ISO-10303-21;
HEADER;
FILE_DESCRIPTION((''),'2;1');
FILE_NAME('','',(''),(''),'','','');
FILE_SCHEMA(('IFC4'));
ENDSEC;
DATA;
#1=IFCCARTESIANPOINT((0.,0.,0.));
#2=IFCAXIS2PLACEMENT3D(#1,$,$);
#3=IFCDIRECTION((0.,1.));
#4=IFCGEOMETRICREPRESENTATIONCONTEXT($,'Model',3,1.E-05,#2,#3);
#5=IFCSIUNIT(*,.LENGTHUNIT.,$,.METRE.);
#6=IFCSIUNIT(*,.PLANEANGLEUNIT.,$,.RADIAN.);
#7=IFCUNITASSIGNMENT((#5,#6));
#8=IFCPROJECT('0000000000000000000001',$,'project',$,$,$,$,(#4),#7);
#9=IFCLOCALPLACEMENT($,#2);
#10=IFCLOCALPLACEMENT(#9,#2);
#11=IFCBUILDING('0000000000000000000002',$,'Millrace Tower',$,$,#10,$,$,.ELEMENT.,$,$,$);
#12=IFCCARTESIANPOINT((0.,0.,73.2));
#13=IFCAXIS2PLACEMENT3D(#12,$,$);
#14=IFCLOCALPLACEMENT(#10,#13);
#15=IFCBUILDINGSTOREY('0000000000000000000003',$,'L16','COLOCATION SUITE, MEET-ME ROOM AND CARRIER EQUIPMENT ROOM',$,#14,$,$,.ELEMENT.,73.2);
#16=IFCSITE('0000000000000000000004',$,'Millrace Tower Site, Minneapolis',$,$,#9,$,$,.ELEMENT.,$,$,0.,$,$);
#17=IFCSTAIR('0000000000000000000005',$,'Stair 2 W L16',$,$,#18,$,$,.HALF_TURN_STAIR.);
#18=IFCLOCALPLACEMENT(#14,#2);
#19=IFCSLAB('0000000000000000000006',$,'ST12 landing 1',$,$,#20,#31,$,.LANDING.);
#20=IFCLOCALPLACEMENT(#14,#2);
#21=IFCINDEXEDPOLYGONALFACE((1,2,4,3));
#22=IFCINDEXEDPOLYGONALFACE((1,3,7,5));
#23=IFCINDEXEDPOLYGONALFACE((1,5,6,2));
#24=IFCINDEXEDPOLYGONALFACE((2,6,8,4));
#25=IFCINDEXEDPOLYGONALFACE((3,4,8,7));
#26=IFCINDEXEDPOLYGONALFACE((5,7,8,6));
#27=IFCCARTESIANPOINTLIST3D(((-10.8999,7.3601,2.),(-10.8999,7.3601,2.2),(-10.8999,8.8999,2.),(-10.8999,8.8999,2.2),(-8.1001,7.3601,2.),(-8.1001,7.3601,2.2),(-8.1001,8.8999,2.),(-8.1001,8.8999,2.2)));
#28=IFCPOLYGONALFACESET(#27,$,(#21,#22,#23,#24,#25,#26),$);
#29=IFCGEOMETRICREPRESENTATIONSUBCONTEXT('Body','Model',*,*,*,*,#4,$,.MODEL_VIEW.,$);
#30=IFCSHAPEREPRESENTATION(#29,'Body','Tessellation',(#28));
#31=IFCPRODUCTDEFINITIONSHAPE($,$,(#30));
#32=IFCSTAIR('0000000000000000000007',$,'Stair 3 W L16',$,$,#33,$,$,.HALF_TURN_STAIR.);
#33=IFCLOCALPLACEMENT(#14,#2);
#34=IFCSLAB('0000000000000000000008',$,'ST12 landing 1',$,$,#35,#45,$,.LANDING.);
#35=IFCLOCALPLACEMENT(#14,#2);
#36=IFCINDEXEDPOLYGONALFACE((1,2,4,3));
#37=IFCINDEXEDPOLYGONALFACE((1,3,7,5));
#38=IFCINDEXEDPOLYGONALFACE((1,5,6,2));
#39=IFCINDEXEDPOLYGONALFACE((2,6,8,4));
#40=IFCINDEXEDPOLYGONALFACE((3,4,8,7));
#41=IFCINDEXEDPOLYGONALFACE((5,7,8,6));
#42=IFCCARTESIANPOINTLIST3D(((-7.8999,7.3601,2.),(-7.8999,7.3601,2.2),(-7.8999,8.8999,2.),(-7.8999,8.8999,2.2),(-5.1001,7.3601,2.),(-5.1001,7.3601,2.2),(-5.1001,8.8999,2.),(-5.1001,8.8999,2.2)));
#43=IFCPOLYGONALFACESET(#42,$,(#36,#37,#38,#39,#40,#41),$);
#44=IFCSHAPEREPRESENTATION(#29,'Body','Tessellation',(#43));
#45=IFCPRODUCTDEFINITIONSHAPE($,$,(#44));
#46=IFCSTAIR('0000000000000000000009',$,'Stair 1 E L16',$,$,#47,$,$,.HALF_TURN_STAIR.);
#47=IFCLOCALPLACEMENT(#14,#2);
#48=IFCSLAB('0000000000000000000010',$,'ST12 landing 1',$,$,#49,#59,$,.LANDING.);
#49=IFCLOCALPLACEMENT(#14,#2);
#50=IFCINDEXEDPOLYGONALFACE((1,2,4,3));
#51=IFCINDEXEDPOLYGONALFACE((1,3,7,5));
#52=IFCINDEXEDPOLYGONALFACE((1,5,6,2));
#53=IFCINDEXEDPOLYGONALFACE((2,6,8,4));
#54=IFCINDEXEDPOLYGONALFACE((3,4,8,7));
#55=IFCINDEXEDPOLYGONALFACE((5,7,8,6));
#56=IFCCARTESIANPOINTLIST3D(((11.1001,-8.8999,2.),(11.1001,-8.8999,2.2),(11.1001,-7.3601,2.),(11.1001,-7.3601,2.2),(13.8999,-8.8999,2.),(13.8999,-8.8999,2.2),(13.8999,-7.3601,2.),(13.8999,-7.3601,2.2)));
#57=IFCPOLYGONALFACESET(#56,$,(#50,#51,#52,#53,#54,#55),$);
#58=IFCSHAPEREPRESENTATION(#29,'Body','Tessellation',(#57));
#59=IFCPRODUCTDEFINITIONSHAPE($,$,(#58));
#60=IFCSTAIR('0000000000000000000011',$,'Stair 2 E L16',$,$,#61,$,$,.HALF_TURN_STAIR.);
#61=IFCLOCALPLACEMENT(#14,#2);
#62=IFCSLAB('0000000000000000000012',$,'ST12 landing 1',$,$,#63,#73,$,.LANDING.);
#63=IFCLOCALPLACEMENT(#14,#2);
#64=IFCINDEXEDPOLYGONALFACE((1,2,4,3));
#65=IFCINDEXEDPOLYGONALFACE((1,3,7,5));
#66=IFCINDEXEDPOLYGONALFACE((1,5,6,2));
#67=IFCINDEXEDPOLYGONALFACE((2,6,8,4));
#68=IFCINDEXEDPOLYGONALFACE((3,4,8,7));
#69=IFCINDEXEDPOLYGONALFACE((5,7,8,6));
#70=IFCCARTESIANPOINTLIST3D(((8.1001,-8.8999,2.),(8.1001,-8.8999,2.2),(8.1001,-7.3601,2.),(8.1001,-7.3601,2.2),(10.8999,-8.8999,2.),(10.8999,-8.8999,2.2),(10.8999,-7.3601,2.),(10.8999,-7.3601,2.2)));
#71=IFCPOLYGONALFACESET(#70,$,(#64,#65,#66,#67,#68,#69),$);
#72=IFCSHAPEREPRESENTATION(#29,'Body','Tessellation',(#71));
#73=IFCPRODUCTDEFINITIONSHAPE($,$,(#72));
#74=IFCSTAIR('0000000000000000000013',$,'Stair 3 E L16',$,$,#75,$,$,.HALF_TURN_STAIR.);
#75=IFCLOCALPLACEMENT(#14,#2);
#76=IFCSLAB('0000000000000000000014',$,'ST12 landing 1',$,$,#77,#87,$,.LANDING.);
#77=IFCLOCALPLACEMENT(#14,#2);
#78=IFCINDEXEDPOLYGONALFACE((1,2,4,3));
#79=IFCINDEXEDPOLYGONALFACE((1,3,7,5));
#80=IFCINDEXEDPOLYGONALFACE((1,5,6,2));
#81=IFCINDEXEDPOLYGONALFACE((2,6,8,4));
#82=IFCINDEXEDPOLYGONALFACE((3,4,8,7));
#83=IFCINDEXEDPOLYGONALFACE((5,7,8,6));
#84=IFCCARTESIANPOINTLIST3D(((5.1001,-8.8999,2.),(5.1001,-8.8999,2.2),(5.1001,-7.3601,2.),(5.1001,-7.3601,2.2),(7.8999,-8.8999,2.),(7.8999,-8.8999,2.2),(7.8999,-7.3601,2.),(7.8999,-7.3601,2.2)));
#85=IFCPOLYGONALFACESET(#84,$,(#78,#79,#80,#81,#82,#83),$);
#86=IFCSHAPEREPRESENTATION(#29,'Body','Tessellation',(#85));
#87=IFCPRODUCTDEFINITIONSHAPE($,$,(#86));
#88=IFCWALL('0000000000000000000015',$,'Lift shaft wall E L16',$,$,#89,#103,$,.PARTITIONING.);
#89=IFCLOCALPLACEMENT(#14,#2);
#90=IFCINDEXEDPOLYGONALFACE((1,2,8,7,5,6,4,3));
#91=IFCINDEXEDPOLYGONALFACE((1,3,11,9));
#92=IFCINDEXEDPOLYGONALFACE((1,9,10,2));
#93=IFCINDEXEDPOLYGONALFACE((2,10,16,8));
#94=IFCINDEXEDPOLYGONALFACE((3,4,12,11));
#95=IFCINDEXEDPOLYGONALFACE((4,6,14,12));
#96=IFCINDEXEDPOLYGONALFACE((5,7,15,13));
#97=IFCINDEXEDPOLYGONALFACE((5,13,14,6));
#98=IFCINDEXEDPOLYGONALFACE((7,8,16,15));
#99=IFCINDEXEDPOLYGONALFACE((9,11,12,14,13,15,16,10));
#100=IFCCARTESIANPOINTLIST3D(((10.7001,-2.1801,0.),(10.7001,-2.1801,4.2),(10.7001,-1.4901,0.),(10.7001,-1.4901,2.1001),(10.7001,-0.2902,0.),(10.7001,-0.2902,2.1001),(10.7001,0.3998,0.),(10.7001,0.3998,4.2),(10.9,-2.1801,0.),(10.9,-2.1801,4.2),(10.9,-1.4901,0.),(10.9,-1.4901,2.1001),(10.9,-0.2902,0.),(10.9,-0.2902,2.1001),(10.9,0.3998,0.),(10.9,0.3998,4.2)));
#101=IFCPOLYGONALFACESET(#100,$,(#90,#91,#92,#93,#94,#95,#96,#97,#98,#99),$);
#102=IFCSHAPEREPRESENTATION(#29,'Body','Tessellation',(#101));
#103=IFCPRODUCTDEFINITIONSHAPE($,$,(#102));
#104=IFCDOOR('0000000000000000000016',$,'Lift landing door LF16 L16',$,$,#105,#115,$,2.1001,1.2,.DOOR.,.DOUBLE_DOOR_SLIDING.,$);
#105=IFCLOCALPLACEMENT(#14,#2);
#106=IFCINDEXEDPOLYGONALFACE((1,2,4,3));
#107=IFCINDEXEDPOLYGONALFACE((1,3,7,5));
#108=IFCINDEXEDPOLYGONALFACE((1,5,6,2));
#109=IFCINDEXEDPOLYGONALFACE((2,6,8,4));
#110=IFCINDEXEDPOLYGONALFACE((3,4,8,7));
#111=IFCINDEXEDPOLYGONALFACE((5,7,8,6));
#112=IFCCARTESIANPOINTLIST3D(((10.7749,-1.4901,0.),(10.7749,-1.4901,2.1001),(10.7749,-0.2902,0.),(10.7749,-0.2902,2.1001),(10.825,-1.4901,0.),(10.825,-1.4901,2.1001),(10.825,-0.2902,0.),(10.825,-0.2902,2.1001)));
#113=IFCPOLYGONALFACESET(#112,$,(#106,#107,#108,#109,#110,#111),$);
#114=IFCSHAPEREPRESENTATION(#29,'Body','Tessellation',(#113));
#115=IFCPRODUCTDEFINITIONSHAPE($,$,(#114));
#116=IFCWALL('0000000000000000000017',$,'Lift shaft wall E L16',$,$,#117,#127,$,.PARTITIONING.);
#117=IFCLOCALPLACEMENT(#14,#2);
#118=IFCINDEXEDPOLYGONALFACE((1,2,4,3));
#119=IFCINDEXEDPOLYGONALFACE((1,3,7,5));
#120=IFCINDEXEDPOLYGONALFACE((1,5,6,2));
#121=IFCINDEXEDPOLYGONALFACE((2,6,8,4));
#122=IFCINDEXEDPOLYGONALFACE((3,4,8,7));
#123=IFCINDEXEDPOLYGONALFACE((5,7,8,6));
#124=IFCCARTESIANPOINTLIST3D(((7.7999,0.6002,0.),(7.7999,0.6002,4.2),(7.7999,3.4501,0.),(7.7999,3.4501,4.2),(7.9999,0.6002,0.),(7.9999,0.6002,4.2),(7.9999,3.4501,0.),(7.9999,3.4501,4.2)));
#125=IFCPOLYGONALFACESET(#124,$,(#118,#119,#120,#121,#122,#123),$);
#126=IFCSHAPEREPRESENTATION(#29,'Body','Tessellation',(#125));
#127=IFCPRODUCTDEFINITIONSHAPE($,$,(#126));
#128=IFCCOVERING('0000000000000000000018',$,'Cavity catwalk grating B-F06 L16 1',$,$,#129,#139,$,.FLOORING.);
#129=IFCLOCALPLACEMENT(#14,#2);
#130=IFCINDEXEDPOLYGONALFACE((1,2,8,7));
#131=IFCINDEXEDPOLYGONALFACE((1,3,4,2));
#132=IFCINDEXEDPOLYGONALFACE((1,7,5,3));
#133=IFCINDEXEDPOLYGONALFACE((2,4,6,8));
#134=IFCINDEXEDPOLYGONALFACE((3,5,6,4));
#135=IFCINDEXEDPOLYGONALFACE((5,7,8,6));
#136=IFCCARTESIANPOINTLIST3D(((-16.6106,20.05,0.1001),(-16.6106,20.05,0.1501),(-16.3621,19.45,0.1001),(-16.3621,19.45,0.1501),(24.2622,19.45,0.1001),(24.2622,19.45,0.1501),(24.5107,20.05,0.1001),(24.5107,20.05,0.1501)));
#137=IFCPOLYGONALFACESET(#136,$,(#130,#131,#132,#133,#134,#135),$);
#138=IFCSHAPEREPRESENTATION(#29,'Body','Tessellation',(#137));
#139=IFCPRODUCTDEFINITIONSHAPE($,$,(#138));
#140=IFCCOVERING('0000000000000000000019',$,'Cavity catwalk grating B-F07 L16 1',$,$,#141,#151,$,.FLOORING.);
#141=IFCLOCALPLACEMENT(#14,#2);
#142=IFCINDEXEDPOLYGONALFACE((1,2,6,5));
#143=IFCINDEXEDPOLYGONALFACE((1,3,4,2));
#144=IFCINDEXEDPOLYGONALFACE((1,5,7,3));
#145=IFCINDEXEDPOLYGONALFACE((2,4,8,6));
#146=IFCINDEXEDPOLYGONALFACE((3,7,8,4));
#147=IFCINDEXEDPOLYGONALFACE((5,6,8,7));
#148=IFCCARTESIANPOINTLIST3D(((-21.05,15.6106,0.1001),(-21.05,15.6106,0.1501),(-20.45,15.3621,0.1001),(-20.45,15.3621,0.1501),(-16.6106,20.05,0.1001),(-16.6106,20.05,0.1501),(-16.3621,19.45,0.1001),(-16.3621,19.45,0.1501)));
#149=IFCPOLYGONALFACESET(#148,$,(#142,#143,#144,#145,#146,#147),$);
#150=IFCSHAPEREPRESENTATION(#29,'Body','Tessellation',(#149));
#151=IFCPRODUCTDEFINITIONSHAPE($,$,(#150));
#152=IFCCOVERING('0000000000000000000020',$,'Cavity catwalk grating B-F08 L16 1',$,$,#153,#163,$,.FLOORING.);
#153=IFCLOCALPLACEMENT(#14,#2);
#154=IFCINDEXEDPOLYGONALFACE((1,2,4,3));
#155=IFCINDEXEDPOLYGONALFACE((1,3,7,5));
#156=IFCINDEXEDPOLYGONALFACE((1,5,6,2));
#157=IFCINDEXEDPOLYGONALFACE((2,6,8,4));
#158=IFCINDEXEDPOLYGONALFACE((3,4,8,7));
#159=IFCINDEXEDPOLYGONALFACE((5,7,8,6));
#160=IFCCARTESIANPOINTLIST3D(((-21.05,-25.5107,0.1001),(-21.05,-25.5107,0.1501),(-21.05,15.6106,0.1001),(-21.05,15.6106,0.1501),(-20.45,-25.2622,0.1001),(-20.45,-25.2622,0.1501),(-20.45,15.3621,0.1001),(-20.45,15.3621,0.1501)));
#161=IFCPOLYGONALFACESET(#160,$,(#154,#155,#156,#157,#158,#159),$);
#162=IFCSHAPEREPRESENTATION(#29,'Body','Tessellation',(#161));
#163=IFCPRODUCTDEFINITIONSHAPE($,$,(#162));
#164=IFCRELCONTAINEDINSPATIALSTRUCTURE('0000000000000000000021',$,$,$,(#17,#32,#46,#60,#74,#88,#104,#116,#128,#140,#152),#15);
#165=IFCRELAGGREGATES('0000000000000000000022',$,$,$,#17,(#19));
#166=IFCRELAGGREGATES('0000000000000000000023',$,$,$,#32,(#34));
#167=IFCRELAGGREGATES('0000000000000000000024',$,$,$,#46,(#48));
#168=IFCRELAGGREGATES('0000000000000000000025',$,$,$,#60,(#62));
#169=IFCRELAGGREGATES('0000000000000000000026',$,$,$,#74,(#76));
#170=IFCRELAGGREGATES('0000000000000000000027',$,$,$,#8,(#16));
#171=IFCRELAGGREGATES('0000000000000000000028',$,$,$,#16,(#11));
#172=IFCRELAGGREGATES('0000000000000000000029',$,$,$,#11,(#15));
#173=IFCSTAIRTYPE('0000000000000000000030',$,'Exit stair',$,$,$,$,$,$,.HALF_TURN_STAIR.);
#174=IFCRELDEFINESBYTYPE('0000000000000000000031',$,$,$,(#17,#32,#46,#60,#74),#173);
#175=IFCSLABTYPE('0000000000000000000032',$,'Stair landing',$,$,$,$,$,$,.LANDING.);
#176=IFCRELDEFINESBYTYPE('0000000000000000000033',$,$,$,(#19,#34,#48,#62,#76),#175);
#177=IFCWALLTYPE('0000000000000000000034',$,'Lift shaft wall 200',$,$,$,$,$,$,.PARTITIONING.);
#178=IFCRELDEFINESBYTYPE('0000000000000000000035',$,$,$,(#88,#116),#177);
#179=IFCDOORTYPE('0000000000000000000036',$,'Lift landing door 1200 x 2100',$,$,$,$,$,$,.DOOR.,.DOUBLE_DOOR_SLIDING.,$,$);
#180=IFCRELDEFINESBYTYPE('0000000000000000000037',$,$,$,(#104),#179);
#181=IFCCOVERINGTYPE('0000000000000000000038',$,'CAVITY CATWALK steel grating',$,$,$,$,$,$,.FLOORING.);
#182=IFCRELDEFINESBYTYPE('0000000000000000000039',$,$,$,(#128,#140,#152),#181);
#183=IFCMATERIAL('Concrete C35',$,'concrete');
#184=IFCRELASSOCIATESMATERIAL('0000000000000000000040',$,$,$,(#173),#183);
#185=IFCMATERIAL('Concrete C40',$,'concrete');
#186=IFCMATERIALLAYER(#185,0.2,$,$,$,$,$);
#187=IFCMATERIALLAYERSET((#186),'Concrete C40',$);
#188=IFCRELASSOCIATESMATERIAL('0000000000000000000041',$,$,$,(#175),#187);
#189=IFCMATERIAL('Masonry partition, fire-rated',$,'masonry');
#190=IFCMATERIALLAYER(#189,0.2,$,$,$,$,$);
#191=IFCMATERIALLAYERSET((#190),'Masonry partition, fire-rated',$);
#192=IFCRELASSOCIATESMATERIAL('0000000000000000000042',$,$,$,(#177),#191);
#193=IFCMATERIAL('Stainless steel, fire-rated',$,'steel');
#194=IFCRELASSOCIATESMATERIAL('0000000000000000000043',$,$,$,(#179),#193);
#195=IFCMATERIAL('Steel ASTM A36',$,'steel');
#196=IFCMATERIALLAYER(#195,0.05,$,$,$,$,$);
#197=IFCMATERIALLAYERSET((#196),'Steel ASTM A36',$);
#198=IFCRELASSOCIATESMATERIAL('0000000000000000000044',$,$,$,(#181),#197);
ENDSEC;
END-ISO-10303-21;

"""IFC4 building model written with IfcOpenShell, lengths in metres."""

from ifc_helpers import new_model, si_unit, direction, frame, frame_2d, origin, place, context, subcontext, project, spatial, polyline, rectangle, outline, extrude, material, layer, layer_set, type_object, element, fill, aggregate, save


model = new_model("IFC4")

# Units and contexts
model_context = context("Model", 3, precision=1e-05, world=origin(), true_north=direction((0.0, 1.0)))
body_context = subcontext(model_context, "Body", "Model", "MODEL_VIEW")
ifc_project = project(units=[si_unit("LENGTHUNIT", "METRE"), si_unit("PLANEANGLEUNIT", "RADIAN")], contexts=[model_context])

# Site, building, storey
site_placement = place(None, origin())
site = spatial("IfcSite", under=ifc_project, at=site_placement, Name="Millrace Tower Site, Minneapolis", CompositionType="ELEMENT", RefElevation=0.0)
building_placement = place(site_placement, origin())
building = spatial("IfcBuilding", under=site, at=building_placement, Name="Millrace Tower", CompositionType="ELEMENT")
storey_placement = place(building_placement, frame((0.0, 0.0, 73.2)))
storey = spatial("IfcBuildingStorey", under=building, at=storey_placement, Name="L16", Description="COLOCATION SUITE, MEET-ME ROOM AND CARRIER EQUIPMENT ROOM", CompositionType="ELEMENT", Elevation=73.2)

# Shared definitions
placement_1 = place(storey_placement, origin())

# Stairs, slabs
ifc_material_1 = material(Name="Concrete C35", Category="concrete")
stair_type = type_object("IfcStairType", Name="Exit stair", PredefinedType="HALF_TURN_STAIR", material=ifc_material_1)
ifc_material_2 = material(Name="Concrete C40", Category="concrete")
ifc_layer_1 = layer(ifc_material_2, 0.2)
ifc_layer_set_1 = layer_set([ifc_layer_1], Name="Concrete C40")
slab_type = type_object("IfcSlabType", Name="Stair landing", PredefinedType="LANDING", material=ifc_layer_set_1)
placement_2 = place(storey_placement, frame((0.0, 0.0, 2.0)))
stair_1 = element("IfcStair", 1, at=placement_1, inside=storey, type_object=stair_type, Name="Stair 2 W L16", PredefinedType="HALF_TURN_STAIR")
slab_1 = element("IfcSlab", 2, at=placement_2, type_object=slab_type, Name="ST12 landing 1", PredefinedType="LANDING", context=body_context, shape_type="SweptSolid", body=[
    extrude(outline(polyline([(-10.8999, 7.3601), (-8.1001, 7.3601), (-8.1001, 8.8999), (-10.8999, 8.8999), (-10.8999, 7.3601)])), origin(), (0.0, 0.0, 1.0), 0.2),
])
aggregate(stair_1, [slab_1])
stair_2 = element("IfcStair", 3, at=placement_1, inside=storey, type_object=stair_type, Name="Stair 3 W L16", PredefinedType="HALF_TURN_STAIR")
slab_2 = element("IfcSlab", 4, at=placement_2, type_object=slab_type, Name="ST12 landing 1", PredefinedType="LANDING", context=body_context, shape_type="SweptSolid", body=[
    extrude(outline(polyline([(-7.8999, 7.3601), (-5.1001, 7.3601), (-5.1001, 8.8999), (-7.8999, 8.8999), (-7.8999, 7.3601)])), origin(), (0.0, 0.0, 1.0), 0.2),
])
aggregate(stair_2, [slab_2])
stair_3 = element("IfcStair", 5, at=placement_1, inside=storey, type_object=stair_type, Name="Stair 1 E L16", PredefinedType="HALF_TURN_STAIR")
slab_3 = element("IfcSlab", 6, at=placement_2, type_object=slab_type, Name="ST12 landing 1", PredefinedType="LANDING", context=body_context, shape_type="SweptSolid", body=[
    extrude(outline(polyline([(11.1001, -8.8999), (13.8999, -8.8999), (13.8999, -7.3601), (11.1001, -7.3601), (11.1001, -8.8999)])), origin(), (0.0, 0.0, 1.0), 0.2),
])
aggregate(stair_3, [slab_3])
stair_4 = element("IfcStair", 7, at=placement_1, inside=storey, type_object=stair_type, Name="Stair 2 E L16", PredefinedType="HALF_TURN_STAIR")
slab_4 = element("IfcSlab", 8, at=placement_2, type_object=slab_type, Name="ST12 landing 1", PredefinedType="LANDING", context=body_context, shape_type="SweptSolid", body=[
    extrude(outline(polyline([(8.1001, -8.8999), (10.8999, -8.8999), (10.8999, -7.3601), (8.1001, -7.3601), (8.1001, -8.8999)])), origin(), (0.0, 0.0, 1.0), 0.2),
])
aggregate(stair_4, [slab_4])
stair_5 = element("IfcStair", 9, at=placement_1, inside=storey, type_object=stair_type, Name="Stair 3 E L16", PredefinedType="HALF_TURN_STAIR")
slab_5 = element("IfcSlab", 10, at=placement_2, type_object=slab_type, Name="ST12 landing 1", PredefinedType="LANDING", context=body_context, shape_type="SweptSolid", body=[
    extrude(outline(polyline([(5.1001, -8.8999), (7.8999, -8.8999), (7.8999, -7.3601), (5.1001, -7.3601), (5.1001, -8.8999)])), origin(), (0.0, 0.0, 1.0), 0.2),
])
aggregate(stair_5, [slab_5])

# Wall, opening, door
ifc_material_3 = material(Name="Masonry partition, fire-rated", Category="masonry")
ifc_layer_2 = layer(ifc_material_3, 0.2)
ifc_layer_set_2 = layer_set([ifc_layer_2], Name="Masonry partition, fire-rated")
wall_type = type_object("IfcWallType", Name="Lift shaft wall 200", PredefinedType="PARTITIONING", material=ifc_layer_set_2)
wall_1_placement = place(storey_placement, frame((10.8, 0.3999, 0.0), z_axis=(0.0, 0.0, 1.0), x_axis=(0.0, -1.0, 0.0)))
wall_1 = element("IfcWall", 11, at=wall_1_placement, inside=storey, type_object=wall_type, Name="Lift shaft wall E L16", PredefinedType="PARTITIONING", context=body_context, shape_type="SweptSolid", body=[
    extrude(rectangle(XDim=2.5798, YDim=0.2, at=frame_2d((1.29, 0.0))), origin(), (0.0, 0.0, 1.0), 4.2),
])
opening_placement = place(wall_1_placement, frame((0.6899, 0.0, 0.0)))
opening = element("IfcOpeningElement", 12, at=opening_placement, cuts=wall_1, PredefinedType="OPENING", context=body_context, shape_type="SweptSolid", body=[
    extrude(rectangle(XDim=1.2, YDim=2.1001, at=frame_2d((0.6001, 1.05))), frame((0.0, 0.1099, 0.0), z_axis=(0.0, -1.0, 0.0), x_axis=(1.0, 0.0, 0.0)), (0.0, 0.0, 1.0), 0.22),
])
ifc_material_4 = material(Name="Stainless steel, fire-rated", Category="steel")
door_type = type_object("IfcDoorType", Name="Lift landing door 1200 x 2100", OperationType="DOUBLE_DOOR_SLIDING", PredefinedType="DOOR", material=ifc_material_4)
door_placement = place(opening_placement, origin())
door = element("IfcDoor", 13, at=door_placement, inside=storey, type_object=door_type, Name="Lift landing door LF16 L16", OperationType="DOUBLE_DOOR_SLIDING", OverallHeight=2.1001, OverallWidth=1.2, PredefinedType="DOOR", context=body_context, shape_type="SweptSolid", body=[
    extrude(rectangle(XDim=1.2, YDim=2.1001, at=frame_2d((0.6001, 1.05))), frame((0.0, 0.0249, 0.0), z_axis=(0.0, -1.0, 0.0), x_axis=(1.0, 0.0, 0.0)), (0.0, 0.0, 1.0), 0.05),
])
fill(opening, door)

# Wall
wall_2_placement = place(storey_placement, frame((7.8999, 3.45, 0.0), z_axis=(0.0, 0.0, 1.0), x_axis=(0.0, -1.0, 0.0)))
element("IfcWall", 14, at=wall_2_placement, inside=storey, type_object=wall_type, Name="Lift shaft wall E L16", PredefinedType="PARTITIONING", context=body_context, shape_type="SweptSolid", body=[
    extrude(rectangle(XDim=2.8499, YDim=0.2, at=frame_2d((1.4248, 0.0))), origin(), (0.0, 0.0, 1.0), 4.2),
])

# Coverings
ifc_material_5 = material(Name="Steel ASTM A36", Category="steel")
ifc_layer_3 = layer(ifc_material_5, 0.05)
ifc_layer_set_3 = layer_set([ifc_layer_3], Name="Steel ASTM A36")
covering_type = type_object("IfcCoveringType", Name="CAVITY CATWALK steel grating", PredefinedType="FLOORING", material=ifc_layer_set_3)
placement_3 = place(storey_placement, frame((0.0, 0.0, 0.1001)))
element("IfcCovering", 15, at=placement_3, inside=storey, type_object=covering_type, Name="Cavity catwalk grating B-F06 L16 1", PredefinedType="FLOORING", context=body_context, shape_type="SweptSolid", body=[
    extrude(outline(polyline([(24.5107, 20.05), (-16.6106, 20.05), (-16.3621, 19.45), (24.2622, 19.45), (24.5107, 20.05)])), origin(), (0.0, 0.0, 1.0), 0.05),
])
element("IfcCovering", 16, at=placement_3, inside=storey, type_object=covering_type, Name="Cavity catwalk grating B-F07 L16 1", PredefinedType="FLOORING", context=body_context, shape_type="SweptSolid", body=[
    extrude(outline(polyline([(-16.6106, 20.05), (-21.05, 15.6106), (-20.45, 15.3621), (-16.3621, 19.45), (-16.6106, 20.05)])), origin(), (0.0, 0.0, 1.0), 0.05),
])
element("IfcCovering", 17, at=placement_3, inside=storey, type_object=covering_type, Name="Cavity catwalk grating B-F08 L16 1", PredefinedType="FLOORING", context=body_context, shape_type="SweptSolid", body=[
    extrude(outline(polyline([(-21.05, 15.6106), (-21.05, -25.5107), (-20.45, -25.2622), (-20.45, 15.3621), (-21.05, 15.6106)])), origin(), (0.0, 0.0, 1.0), 0.05),
])

save(model, "model.ifc")
